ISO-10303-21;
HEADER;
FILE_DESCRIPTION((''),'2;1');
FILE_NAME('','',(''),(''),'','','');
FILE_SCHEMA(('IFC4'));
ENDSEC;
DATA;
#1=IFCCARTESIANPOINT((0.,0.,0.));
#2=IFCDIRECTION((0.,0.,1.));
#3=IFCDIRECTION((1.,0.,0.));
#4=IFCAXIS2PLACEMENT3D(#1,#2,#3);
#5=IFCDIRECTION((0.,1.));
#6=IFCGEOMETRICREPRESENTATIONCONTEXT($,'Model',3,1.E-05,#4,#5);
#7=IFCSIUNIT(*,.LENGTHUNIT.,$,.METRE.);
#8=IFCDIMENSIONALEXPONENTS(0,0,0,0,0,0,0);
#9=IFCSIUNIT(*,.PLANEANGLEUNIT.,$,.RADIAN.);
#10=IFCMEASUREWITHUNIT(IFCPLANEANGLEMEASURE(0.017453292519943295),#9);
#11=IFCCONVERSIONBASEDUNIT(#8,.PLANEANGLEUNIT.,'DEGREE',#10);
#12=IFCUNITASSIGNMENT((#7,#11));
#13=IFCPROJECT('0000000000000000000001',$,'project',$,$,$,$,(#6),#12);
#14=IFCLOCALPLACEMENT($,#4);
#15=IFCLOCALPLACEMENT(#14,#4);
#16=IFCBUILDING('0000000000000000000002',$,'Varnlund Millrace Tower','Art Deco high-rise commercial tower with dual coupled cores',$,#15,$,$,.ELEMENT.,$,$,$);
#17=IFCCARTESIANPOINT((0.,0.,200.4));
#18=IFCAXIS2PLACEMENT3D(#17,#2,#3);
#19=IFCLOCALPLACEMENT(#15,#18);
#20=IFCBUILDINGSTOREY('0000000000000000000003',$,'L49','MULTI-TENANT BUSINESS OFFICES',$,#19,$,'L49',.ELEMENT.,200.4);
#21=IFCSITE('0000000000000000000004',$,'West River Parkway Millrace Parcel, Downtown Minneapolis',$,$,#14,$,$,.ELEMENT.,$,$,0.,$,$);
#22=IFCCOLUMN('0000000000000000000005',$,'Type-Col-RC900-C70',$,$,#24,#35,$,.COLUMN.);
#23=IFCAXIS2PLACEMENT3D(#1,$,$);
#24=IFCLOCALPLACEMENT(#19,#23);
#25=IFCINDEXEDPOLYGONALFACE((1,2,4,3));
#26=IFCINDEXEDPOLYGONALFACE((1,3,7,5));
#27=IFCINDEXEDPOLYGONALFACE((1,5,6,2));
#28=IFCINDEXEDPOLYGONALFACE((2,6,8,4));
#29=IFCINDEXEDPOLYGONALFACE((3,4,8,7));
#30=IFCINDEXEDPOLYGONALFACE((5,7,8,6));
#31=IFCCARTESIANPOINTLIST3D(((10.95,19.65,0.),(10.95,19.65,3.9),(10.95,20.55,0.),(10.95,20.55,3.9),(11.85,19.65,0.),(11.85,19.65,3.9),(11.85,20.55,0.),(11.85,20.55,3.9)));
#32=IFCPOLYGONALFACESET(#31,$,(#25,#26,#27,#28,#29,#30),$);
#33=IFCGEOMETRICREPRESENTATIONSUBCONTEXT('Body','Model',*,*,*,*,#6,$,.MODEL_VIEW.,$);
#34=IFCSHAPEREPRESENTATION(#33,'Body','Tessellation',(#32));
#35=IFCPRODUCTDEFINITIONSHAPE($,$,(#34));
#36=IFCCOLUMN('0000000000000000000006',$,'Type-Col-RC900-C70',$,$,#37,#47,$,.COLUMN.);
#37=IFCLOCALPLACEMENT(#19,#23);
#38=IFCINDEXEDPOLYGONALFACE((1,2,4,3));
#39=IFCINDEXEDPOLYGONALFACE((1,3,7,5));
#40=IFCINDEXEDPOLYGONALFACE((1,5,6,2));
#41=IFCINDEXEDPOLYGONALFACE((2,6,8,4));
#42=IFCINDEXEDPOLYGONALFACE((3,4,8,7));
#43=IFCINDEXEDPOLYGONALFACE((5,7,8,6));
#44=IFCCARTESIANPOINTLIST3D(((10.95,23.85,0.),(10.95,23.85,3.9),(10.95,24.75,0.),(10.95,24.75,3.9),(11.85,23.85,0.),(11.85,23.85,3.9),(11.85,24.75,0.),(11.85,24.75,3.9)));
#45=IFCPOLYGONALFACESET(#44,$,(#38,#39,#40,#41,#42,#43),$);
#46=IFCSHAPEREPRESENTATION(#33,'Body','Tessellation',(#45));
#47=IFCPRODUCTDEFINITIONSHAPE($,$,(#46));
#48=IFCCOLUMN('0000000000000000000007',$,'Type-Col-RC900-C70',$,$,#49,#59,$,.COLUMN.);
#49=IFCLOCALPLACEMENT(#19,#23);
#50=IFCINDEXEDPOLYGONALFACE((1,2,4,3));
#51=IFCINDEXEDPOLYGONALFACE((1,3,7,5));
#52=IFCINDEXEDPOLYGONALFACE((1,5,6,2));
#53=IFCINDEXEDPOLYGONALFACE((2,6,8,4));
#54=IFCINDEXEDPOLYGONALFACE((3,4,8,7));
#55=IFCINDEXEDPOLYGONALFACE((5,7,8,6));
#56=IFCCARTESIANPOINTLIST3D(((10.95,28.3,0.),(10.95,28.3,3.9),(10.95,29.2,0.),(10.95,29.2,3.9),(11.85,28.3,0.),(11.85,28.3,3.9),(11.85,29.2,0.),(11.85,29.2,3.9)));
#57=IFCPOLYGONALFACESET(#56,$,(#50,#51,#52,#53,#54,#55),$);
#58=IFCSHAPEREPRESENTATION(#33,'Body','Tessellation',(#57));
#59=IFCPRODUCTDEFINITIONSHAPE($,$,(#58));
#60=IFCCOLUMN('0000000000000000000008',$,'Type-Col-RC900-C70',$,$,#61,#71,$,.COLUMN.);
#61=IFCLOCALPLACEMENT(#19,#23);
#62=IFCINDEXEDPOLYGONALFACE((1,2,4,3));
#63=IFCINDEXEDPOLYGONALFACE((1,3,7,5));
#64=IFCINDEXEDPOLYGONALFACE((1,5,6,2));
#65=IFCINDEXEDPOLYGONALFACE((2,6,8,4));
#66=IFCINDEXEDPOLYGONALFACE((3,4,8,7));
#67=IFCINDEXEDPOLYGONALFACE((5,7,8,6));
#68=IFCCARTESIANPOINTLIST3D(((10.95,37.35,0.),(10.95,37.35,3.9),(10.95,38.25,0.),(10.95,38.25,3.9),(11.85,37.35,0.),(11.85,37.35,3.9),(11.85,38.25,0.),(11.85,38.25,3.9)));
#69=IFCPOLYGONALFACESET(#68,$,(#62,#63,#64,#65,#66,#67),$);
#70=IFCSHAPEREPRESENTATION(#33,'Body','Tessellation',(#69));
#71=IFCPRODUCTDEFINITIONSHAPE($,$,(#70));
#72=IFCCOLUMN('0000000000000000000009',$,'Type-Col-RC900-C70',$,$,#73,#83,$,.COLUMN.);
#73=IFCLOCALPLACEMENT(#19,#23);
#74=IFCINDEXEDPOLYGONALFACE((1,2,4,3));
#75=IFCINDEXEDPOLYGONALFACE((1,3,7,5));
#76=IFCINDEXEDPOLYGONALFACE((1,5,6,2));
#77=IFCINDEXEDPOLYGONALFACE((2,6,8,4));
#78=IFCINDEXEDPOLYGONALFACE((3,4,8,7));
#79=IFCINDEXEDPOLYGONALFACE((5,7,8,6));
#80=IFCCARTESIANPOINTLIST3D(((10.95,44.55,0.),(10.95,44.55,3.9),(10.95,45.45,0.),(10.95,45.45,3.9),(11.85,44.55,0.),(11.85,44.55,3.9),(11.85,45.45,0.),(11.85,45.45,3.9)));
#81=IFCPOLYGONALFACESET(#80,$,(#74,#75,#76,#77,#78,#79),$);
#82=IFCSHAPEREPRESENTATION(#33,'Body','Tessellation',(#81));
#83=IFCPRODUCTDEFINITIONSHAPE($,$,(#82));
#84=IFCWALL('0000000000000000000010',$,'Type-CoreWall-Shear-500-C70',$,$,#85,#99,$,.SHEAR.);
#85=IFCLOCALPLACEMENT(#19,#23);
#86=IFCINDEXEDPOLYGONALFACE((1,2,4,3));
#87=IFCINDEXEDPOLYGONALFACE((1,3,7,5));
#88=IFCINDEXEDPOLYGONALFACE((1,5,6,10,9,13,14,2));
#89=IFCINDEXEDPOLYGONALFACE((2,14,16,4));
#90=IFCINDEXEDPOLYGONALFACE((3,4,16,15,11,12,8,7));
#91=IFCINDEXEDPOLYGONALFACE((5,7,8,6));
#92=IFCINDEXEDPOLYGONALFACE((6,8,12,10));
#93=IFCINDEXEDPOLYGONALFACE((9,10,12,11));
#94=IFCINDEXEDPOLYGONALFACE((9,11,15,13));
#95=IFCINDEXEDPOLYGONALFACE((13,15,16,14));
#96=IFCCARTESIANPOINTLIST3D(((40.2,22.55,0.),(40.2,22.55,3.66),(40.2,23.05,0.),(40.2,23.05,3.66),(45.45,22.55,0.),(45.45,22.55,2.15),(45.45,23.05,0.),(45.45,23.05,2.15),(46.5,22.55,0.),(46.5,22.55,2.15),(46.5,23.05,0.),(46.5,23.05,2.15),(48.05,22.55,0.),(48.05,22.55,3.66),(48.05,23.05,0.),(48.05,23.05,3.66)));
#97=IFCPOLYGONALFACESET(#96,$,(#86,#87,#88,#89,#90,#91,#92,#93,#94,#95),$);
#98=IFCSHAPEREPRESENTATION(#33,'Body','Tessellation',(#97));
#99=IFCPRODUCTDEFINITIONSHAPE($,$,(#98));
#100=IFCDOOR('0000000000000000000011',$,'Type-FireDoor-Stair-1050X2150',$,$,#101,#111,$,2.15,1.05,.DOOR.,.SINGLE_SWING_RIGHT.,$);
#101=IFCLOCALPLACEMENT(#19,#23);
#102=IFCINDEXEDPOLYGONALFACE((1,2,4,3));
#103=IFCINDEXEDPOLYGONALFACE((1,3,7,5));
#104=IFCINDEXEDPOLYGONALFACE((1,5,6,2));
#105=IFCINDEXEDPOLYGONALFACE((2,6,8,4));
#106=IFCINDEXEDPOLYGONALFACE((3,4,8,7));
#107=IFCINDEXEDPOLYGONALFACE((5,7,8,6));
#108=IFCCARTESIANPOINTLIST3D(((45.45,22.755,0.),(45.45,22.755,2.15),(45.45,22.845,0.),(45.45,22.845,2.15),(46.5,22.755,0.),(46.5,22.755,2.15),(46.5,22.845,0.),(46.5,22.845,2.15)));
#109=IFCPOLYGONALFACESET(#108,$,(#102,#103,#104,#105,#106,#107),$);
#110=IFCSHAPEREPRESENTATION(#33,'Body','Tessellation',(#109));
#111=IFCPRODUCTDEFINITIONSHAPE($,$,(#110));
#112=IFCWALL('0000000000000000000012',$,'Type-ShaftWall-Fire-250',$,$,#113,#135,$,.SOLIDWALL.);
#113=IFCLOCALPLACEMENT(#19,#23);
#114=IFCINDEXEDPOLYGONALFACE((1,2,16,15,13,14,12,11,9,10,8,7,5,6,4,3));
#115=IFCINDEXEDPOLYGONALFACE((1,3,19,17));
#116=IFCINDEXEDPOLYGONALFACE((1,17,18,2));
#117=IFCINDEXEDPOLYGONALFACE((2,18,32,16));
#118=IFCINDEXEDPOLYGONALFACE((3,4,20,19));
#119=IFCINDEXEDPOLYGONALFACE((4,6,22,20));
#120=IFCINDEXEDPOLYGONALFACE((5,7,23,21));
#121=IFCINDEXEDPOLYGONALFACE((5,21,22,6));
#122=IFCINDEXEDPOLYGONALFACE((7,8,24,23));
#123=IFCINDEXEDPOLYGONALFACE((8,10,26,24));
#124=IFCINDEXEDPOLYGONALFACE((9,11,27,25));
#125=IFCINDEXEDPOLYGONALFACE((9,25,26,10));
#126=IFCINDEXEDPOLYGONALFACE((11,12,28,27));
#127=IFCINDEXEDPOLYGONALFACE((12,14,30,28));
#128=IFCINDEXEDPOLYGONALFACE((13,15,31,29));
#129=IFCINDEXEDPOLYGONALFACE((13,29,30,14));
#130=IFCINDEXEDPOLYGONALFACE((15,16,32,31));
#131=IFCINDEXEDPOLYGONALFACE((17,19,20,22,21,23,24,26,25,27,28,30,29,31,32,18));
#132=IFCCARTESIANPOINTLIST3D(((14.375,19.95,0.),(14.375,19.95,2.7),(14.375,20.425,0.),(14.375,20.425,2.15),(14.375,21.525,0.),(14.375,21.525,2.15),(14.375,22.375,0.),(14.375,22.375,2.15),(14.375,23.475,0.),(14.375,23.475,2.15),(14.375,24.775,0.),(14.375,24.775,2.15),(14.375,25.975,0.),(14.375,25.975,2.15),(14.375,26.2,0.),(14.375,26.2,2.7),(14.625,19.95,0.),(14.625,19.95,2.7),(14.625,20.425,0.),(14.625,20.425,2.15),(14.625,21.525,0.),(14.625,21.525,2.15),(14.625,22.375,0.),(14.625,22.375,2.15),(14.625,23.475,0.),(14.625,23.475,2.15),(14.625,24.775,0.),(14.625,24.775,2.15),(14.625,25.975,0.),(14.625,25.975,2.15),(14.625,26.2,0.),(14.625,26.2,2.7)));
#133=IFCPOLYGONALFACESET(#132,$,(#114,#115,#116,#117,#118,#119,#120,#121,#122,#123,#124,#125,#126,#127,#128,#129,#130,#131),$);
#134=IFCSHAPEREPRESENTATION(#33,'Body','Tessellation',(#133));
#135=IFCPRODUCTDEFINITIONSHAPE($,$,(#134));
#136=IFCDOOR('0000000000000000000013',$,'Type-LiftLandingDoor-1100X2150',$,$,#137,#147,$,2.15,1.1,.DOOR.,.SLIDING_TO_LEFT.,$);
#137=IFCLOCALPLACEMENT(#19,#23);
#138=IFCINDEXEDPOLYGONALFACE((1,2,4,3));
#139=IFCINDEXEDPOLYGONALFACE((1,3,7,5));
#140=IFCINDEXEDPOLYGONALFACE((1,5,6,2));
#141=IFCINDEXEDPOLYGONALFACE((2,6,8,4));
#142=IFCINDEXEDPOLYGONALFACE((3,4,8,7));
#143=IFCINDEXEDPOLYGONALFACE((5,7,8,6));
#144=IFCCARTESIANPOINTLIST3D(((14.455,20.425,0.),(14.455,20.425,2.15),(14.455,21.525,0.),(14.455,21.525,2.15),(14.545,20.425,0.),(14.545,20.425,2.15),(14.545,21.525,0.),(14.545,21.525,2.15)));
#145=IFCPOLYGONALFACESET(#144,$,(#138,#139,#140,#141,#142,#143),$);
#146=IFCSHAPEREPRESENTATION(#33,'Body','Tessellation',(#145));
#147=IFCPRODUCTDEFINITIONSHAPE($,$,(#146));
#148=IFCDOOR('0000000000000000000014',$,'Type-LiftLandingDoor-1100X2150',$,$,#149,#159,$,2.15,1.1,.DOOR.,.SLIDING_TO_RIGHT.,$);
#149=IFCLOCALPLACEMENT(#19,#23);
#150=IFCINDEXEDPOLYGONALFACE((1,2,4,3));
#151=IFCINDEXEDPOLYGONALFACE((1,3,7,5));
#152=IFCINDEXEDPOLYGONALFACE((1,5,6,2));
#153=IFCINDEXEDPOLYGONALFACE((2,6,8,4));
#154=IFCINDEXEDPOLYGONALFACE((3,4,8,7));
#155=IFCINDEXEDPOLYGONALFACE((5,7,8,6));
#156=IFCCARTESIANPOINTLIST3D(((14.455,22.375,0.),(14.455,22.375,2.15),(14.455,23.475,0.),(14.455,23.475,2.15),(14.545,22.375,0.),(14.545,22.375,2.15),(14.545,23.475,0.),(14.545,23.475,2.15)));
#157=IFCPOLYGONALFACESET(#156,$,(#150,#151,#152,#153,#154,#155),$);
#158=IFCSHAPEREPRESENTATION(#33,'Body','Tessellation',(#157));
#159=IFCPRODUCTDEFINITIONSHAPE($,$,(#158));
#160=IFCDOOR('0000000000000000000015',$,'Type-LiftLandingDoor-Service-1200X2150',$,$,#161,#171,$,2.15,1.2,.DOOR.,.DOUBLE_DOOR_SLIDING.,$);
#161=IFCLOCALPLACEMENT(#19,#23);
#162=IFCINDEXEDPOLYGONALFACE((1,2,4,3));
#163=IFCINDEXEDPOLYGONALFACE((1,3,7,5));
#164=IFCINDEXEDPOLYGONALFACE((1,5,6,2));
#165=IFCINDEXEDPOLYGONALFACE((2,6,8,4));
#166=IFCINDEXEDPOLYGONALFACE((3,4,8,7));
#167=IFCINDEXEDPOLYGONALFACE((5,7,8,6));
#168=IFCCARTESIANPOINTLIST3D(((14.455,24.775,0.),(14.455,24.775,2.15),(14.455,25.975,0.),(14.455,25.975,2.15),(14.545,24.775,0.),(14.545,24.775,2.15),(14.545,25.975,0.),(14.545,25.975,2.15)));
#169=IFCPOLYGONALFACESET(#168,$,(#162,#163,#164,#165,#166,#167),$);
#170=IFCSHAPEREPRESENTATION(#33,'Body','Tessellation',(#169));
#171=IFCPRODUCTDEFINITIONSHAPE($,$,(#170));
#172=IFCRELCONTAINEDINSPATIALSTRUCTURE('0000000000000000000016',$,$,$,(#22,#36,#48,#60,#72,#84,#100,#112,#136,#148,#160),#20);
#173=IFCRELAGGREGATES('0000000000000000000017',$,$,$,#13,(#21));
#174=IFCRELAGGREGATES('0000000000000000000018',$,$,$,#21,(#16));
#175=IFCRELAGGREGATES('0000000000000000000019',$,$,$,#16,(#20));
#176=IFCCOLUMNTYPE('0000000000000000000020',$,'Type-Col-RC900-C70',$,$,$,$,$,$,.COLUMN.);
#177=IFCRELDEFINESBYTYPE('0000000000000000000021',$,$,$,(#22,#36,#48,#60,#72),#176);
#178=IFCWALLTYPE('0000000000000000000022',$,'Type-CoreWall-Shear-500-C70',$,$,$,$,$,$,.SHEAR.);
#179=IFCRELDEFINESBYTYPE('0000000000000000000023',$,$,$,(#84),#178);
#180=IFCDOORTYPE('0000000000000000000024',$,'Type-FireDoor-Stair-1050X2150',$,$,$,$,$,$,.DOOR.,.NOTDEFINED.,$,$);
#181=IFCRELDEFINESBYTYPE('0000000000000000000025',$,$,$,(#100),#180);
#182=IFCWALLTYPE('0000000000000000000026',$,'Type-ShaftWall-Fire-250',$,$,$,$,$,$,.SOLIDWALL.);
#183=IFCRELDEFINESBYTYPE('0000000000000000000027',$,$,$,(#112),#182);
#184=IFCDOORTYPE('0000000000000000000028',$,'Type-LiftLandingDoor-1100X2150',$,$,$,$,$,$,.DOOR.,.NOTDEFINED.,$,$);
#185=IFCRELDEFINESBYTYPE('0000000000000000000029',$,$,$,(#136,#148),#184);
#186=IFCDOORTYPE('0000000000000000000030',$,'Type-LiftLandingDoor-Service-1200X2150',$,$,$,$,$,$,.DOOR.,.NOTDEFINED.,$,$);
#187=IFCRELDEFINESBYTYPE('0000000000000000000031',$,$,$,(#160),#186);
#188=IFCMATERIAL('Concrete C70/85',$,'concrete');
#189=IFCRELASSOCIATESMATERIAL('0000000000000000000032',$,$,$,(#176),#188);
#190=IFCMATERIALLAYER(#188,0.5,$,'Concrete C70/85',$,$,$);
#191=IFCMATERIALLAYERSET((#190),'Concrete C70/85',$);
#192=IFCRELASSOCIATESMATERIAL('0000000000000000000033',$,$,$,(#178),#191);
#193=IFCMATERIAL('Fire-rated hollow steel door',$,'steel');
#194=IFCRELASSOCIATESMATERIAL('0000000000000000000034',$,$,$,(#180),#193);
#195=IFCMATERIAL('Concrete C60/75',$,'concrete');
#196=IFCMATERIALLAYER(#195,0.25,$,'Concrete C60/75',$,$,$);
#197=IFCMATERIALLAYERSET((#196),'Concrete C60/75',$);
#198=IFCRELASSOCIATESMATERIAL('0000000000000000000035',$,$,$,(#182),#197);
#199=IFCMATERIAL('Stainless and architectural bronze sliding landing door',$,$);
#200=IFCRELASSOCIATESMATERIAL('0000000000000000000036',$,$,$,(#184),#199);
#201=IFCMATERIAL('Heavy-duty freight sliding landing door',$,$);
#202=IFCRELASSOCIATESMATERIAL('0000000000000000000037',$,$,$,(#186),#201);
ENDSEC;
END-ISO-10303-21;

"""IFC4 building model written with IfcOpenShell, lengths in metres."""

from ifc_helpers import new_model, entity, si_unit, converted_unit, direction, frame, origin_with_axes, origin_2d_with_axis, place, context, subcontext, project, spatial, polyline, rectangle, outline, extrude, material, layer, layer_set, material_profile, profile_set, type_object, element, fill, save


model = new_model("IFC4")

# Units and contexts
model_context = context("Model", 3, precision=1e-05, world=origin_with_axes(), true_north=direction((0.0, 1.0)))
body_context = subcontext(model_context, "Body", "Model", "MODEL_VIEW")
ifc_project = project(units=[si_unit("LENGTHUNIT", "METRE"), converted_unit("PLANEANGLEUNIT", "DEGREE", entity("IfcPlaneAngleMeasure", 0.017453292519943295), si_unit("PLANEANGLEUNIT", "RADIAN"), dimensions=[0, 0, 0, 0, 0, 0, 0])], contexts=[model_context])

# Site, building, storey
site_placement = place(None, origin_with_axes())
site = spatial("IfcSite", under=ifc_project, at=site_placement, Name="West River Parkway Millrace Parcel, Downtown Minneapolis", CompositionType="ELEMENT", RefElevation=0.0)
building_placement = place(site_placement, origin_with_axes())
building = spatial("IfcBuilding", under=site, at=building_placement, Name="Varnlund Millrace Tower", Description="Art Deco high-rise commercial tower with dual coupled cores", CompositionType="ELEMENT")
storey_placement = place(building_placement, frame((0.0, 0.0, 200.4), z_axis=(0.0, 0.0, 1.0), x_axis=(1.0, 0.0, 0.0)))
storey = spatial("IfcBuildingStorey", under=building, at=storey_placement, Name="L49", Description="MULTI-TENANT BUSINESS OFFICES", LongName="L49", CompositionType="ELEMENT", Elevation=200.4)

# Columns
ifc_material_1 = material(Name="Concrete C70/85", Category="concrete")
ifc_material_profile = material_profile(ifc_material_1, rectangle(XDim=0.9, YDim=0.9, at=origin_2d_with_axis()), Name="Concrete C70/85")
ifc_profile_set = profile_set([ifc_material_profile], Name="Concrete C70/85")
column_type = type_object("IfcColumnType", Name="Type-Col-RC900-C70", PredefinedType="COLUMN", material=ifc_profile_set)
for number, where, z_axis, x_axis, name in (
    (1, (11.4, 20.1, 0.0), (0.0, 0.0, 1.0), (1.0, 0.0, 0.0), "Type-Col-RC900-C70"),
    (2, (11.4, 24.3, 0.0), (0.0, 0.0, 1.0), (1.0, 0.0, 0.0), "Type-Col-RC900-C70"),
    (3, (11.4, 28.75, 0.0), (0.0, 0.0, 1.0), (1.0, 0.0, 0.0), "Type-Col-RC900-C70"),
    (4, (11.4, 37.8, 0.0), (0.0, 0.0, 1.0), (1.0, 0.0, 0.0), "Type-Col-RC900-C70"),
    (5, (11.4, 45.0, 0.0), (0.0, 0.0, 1.0), (1.0, 0.0, 0.0), "Type-Col-RC900-C70"),
):
    element("IfcColumn", number, at=place(storey_placement, frame(where, z_axis=z_axis, x_axis=x_axis)), inside=storey, type_object=column_type, Name=name, PredefinedType="COLUMN", context=body_context, shape_type="SweptSolid", body=[
        extrude(rectangle(XDim=0.9, YDim=0.9, at=origin_2d_with_axis()), origin_with_axes(), (0.0, 0.0, 1.0), 3.9),
    ])

# Wall, opening, door
ifc_layer_1 = layer(ifc_material_1, 0.5, Name="Concrete C70/85")
ifc_layer_set_1 = layer_set([ifc_layer_1], Name="Concrete C70/85")
wall_type_1 = type_object("IfcWallType", Name="Type-CoreWall-Shear-500-C70", PredefinedType="SHEAR", material=ifc_layer_set_1)
wall_1_placement = place(storey_placement, frame((40.2, 22.8, 0.0), z_axis=(0.0, 0.0, 1.0), x_axis=(1.0, 0.0, 0.0)))
wall_1 = element("IfcWall", 6, at=wall_1_placement, inside=storey, type_object=wall_type_1, Name="Type-CoreWall-Shear-500-C70", PredefinedType="SHEAR", context=body_context, shape_type="SweptSolid", body=[
    extrude(outline(polyline([(0.0, -0.25), (7.85, -0.25), (7.85, 0.25), (0.0, 0.25), (0.0, -0.25)])), origin_with_axes(), (0.0, 0.0, 1.0), 3.66),
])
opening_1_placement = place(wall_1_placement, frame((5.775, 0.0, 0.0), z_axis=(0.0, 0.0, 1.0), x_axis=(1.0, 0.0, 0.0)))
opening_1 = element("IfcOpeningElement", 7, at=opening_1_placement, cuts=wall_1, PredefinedType="OPENING", context=body_context, shape_type="SweptSolid", body=[
    extrude(rectangle(XDim=1.05, YDim=0.52, at=origin_2d_with_axis()), origin_with_axes(), (0.0, 0.0, 1.0), 2.15),
])
ifc_material_2 = material(Name="Fire-rated hollow steel door", Category="steel")
door_type_1 = type_object("IfcDoorType", Name="Type-FireDoor-Stair-1050X2150", OperationType="NOTDEFINED", PredefinedType="DOOR", material=ifc_material_2)
door_1_placement = place(wall_1_placement, frame((5.775, 0.0, 0.0), z_axis=(0.0, 0.0, 1.0), x_axis=(1.0, 0.0, 0.0)))
door_1 = element("IfcDoor", 8, at=door_1_placement, inside=storey, type_object=door_type_1, Name="Type-FireDoor-Stair-1050X2150", OperationType="SINGLE_SWING_RIGHT", OverallHeight=2.15, OverallWidth=1.05, PredefinedType="DOOR", context=body_context, shape_type="SweptSolid", body=[
    extrude(rectangle(XDim=1.05, YDim=0.09, at=origin_2d_with_axis()), origin_with_axes(), (0.0, 0.0, 1.0), 2.15),
])
fill(opening_1, door_1)

# Wall, openings, doors
ifc_material_3 = material(Name="Concrete C60/75", Category="concrete")
ifc_layer_2 = layer(ifc_material_3, 0.25, Name="Concrete C60/75")
ifc_layer_set_2 = layer_set([ifc_layer_2], Name="Concrete C60/75")
wall_type_2 = type_object("IfcWallType", Name="Type-ShaftWall-Fire-250", PredefinedType="SOLIDWALL", material=ifc_layer_set_2)
wall_2_placement = place(storey_placement, frame((14.5, 19.95, 0.0), z_axis=(0.0, 0.0, 1.0), x_axis=(0.0, 1.0, 0.0)))
wall_2 = element("IfcWall", 9, at=wall_2_placement, inside=storey, type_object=wall_type_2, Name="Type-ShaftWall-Fire-250", PredefinedType="SOLIDWALL", context=body_context, shape_type="SweptSolid", body=[
    extrude(outline(polyline([(0.0, -0.125), (6.25, -0.125), (6.25, 0.125), (0.0, 0.125), (0.0, -0.125)])), origin_with_axes(), (0.0, 0.0, 1.0), 2.7),
])
opening_2_placement = place(wall_2_placement, frame((1.025, 0.0, 0.0), z_axis=(0.0, 0.0, 1.0), x_axis=(1.0, 0.0, 0.0)))
opening_2 = element("IfcOpeningElement", 10, at=opening_2_placement, cuts=wall_2, PredefinedType="OPENING", context=body_context, shape_type="SweptSolid", body=[
    extrude(rectangle(XDim=1.1, YDim=0.27, at=origin_2d_with_axis()), origin_with_axes(), (0.0, 0.0, 1.0), 2.15),
])
opening_3_placement = place(wall_2_placement, frame((2.975, 0.0, 0.0), z_axis=(0.0, 0.0, 1.0), x_axis=(1.0, 0.0, 0.0)))
opening_3 = element("IfcOpeningElement", 11, at=opening_3_placement, cuts=wall_2, PredefinedType="OPENING", context=body_context, shape_type="SweptSolid", body=[
    extrude(rectangle(XDim=1.1, YDim=0.27, at=origin_2d_with_axis()), origin_with_axes(), (0.0, 0.0, 1.0), 2.15),
])
opening_4_placement = place(wall_2_placement, frame((5.425, 0.0, 0.0), z_axis=(0.0, 0.0, 1.0), x_axis=(1.0, 0.0, 0.0)))
opening_4 = element("IfcOpeningElement", 12, at=opening_4_placement, cuts=wall_2, PredefinedType="OPENING", context=body_context, shape_type="SweptSolid", body=[
    extrude(rectangle(XDim=1.2, YDim=0.27, at=origin_2d_with_axis()), origin_with_axes(), (0.0, 0.0, 1.0), 2.15),
])
ifc_material_4 = material(Name="Stainless and architectural bronze sliding landing door")
door_type_2 = type_object("IfcDoorType", Name="Type-LiftLandingDoor-1100X2150", OperationType="NOTDEFINED", PredefinedType="DOOR", material=ifc_material_4)
door_2_placement = place(wall_2_placement, frame((1.025, 0.0, 0.0), z_axis=(0.0, 0.0, 1.0), x_axis=(1.0, 0.0, 0.0)))
door_2 = element("IfcDoor", 13, at=door_2_placement, inside=storey, type_object=door_type_2, Name="Type-LiftLandingDoor-1100X2150", OperationType="SLIDING_TO_LEFT", OverallHeight=2.15, OverallWidth=1.1, PredefinedType="DOOR", context=body_context, shape_type="SweptSolid", body=[
    extrude(rectangle(XDim=1.1, YDim=0.09, at=origin_2d_with_axis()), origin_with_axes(), (0.0, 0.0, 1.0), 2.15),
])
fill(opening_2, door_2)
door_3_placement = place(wall_2_placement, frame((2.975, 0.0, 0.0), z_axis=(0.0, 0.0, 1.0), x_axis=(1.0, 0.0, 0.0)))
door_3 = element("IfcDoor", 14, at=door_3_placement, inside=storey, type_object=door_type_2, Name="Type-LiftLandingDoor-1100X2150", OperationType="SLIDING_TO_RIGHT", OverallHeight=2.15, OverallWidth=1.1, PredefinedType="DOOR", context=body_context, shape_type="SweptSolid", body=[
    extrude(rectangle(XDim=1.1, YDim=0.09, at=origin_2d_with_axis()), origin_with_axes(), (0.0, 0.0, 1.0), 2.15),
])
fill(opening_3, door_3)
ifc_material_5 = material(Name="Heavy-duty freight sliding landing door")
door_type_3 = type_object("IfcDoorType", Name="Type-LiftLandingDoor-Service-1200X2150", OperationType="NOTDEFINED", PredefinedType="DOOR", material=ifc_material_5)
door_4_placement = place(wall_2_placement, frame((5.425, 0.0, 0.0), z_axis=(0.0, 0.0, 1.0), x_axis=(1.0, 0.0, 0.0)))
door_4 = element("IfcDoor", 15, at=door_4_placement, inside=storey, type_object=door_type_3, Name="Type-LiftLandingDoor-Service-1200X2150", OperationType="DOUBLE_DOOR_SLIDING", OverallHeight=2.15, OverallWidth=1.2, PredefinedType="DOOR", context=body_context, shape_type="SweptSolid", body=[
    extrude(rectangle(XDim=1.2, YDim=0.09, at=origin_2d_with_axis()), origin_with_axes(), (0.0, 0.0, 1.0), 2.15),
])
fill(opening_4, door_4)

save(model, "model.ifc")
